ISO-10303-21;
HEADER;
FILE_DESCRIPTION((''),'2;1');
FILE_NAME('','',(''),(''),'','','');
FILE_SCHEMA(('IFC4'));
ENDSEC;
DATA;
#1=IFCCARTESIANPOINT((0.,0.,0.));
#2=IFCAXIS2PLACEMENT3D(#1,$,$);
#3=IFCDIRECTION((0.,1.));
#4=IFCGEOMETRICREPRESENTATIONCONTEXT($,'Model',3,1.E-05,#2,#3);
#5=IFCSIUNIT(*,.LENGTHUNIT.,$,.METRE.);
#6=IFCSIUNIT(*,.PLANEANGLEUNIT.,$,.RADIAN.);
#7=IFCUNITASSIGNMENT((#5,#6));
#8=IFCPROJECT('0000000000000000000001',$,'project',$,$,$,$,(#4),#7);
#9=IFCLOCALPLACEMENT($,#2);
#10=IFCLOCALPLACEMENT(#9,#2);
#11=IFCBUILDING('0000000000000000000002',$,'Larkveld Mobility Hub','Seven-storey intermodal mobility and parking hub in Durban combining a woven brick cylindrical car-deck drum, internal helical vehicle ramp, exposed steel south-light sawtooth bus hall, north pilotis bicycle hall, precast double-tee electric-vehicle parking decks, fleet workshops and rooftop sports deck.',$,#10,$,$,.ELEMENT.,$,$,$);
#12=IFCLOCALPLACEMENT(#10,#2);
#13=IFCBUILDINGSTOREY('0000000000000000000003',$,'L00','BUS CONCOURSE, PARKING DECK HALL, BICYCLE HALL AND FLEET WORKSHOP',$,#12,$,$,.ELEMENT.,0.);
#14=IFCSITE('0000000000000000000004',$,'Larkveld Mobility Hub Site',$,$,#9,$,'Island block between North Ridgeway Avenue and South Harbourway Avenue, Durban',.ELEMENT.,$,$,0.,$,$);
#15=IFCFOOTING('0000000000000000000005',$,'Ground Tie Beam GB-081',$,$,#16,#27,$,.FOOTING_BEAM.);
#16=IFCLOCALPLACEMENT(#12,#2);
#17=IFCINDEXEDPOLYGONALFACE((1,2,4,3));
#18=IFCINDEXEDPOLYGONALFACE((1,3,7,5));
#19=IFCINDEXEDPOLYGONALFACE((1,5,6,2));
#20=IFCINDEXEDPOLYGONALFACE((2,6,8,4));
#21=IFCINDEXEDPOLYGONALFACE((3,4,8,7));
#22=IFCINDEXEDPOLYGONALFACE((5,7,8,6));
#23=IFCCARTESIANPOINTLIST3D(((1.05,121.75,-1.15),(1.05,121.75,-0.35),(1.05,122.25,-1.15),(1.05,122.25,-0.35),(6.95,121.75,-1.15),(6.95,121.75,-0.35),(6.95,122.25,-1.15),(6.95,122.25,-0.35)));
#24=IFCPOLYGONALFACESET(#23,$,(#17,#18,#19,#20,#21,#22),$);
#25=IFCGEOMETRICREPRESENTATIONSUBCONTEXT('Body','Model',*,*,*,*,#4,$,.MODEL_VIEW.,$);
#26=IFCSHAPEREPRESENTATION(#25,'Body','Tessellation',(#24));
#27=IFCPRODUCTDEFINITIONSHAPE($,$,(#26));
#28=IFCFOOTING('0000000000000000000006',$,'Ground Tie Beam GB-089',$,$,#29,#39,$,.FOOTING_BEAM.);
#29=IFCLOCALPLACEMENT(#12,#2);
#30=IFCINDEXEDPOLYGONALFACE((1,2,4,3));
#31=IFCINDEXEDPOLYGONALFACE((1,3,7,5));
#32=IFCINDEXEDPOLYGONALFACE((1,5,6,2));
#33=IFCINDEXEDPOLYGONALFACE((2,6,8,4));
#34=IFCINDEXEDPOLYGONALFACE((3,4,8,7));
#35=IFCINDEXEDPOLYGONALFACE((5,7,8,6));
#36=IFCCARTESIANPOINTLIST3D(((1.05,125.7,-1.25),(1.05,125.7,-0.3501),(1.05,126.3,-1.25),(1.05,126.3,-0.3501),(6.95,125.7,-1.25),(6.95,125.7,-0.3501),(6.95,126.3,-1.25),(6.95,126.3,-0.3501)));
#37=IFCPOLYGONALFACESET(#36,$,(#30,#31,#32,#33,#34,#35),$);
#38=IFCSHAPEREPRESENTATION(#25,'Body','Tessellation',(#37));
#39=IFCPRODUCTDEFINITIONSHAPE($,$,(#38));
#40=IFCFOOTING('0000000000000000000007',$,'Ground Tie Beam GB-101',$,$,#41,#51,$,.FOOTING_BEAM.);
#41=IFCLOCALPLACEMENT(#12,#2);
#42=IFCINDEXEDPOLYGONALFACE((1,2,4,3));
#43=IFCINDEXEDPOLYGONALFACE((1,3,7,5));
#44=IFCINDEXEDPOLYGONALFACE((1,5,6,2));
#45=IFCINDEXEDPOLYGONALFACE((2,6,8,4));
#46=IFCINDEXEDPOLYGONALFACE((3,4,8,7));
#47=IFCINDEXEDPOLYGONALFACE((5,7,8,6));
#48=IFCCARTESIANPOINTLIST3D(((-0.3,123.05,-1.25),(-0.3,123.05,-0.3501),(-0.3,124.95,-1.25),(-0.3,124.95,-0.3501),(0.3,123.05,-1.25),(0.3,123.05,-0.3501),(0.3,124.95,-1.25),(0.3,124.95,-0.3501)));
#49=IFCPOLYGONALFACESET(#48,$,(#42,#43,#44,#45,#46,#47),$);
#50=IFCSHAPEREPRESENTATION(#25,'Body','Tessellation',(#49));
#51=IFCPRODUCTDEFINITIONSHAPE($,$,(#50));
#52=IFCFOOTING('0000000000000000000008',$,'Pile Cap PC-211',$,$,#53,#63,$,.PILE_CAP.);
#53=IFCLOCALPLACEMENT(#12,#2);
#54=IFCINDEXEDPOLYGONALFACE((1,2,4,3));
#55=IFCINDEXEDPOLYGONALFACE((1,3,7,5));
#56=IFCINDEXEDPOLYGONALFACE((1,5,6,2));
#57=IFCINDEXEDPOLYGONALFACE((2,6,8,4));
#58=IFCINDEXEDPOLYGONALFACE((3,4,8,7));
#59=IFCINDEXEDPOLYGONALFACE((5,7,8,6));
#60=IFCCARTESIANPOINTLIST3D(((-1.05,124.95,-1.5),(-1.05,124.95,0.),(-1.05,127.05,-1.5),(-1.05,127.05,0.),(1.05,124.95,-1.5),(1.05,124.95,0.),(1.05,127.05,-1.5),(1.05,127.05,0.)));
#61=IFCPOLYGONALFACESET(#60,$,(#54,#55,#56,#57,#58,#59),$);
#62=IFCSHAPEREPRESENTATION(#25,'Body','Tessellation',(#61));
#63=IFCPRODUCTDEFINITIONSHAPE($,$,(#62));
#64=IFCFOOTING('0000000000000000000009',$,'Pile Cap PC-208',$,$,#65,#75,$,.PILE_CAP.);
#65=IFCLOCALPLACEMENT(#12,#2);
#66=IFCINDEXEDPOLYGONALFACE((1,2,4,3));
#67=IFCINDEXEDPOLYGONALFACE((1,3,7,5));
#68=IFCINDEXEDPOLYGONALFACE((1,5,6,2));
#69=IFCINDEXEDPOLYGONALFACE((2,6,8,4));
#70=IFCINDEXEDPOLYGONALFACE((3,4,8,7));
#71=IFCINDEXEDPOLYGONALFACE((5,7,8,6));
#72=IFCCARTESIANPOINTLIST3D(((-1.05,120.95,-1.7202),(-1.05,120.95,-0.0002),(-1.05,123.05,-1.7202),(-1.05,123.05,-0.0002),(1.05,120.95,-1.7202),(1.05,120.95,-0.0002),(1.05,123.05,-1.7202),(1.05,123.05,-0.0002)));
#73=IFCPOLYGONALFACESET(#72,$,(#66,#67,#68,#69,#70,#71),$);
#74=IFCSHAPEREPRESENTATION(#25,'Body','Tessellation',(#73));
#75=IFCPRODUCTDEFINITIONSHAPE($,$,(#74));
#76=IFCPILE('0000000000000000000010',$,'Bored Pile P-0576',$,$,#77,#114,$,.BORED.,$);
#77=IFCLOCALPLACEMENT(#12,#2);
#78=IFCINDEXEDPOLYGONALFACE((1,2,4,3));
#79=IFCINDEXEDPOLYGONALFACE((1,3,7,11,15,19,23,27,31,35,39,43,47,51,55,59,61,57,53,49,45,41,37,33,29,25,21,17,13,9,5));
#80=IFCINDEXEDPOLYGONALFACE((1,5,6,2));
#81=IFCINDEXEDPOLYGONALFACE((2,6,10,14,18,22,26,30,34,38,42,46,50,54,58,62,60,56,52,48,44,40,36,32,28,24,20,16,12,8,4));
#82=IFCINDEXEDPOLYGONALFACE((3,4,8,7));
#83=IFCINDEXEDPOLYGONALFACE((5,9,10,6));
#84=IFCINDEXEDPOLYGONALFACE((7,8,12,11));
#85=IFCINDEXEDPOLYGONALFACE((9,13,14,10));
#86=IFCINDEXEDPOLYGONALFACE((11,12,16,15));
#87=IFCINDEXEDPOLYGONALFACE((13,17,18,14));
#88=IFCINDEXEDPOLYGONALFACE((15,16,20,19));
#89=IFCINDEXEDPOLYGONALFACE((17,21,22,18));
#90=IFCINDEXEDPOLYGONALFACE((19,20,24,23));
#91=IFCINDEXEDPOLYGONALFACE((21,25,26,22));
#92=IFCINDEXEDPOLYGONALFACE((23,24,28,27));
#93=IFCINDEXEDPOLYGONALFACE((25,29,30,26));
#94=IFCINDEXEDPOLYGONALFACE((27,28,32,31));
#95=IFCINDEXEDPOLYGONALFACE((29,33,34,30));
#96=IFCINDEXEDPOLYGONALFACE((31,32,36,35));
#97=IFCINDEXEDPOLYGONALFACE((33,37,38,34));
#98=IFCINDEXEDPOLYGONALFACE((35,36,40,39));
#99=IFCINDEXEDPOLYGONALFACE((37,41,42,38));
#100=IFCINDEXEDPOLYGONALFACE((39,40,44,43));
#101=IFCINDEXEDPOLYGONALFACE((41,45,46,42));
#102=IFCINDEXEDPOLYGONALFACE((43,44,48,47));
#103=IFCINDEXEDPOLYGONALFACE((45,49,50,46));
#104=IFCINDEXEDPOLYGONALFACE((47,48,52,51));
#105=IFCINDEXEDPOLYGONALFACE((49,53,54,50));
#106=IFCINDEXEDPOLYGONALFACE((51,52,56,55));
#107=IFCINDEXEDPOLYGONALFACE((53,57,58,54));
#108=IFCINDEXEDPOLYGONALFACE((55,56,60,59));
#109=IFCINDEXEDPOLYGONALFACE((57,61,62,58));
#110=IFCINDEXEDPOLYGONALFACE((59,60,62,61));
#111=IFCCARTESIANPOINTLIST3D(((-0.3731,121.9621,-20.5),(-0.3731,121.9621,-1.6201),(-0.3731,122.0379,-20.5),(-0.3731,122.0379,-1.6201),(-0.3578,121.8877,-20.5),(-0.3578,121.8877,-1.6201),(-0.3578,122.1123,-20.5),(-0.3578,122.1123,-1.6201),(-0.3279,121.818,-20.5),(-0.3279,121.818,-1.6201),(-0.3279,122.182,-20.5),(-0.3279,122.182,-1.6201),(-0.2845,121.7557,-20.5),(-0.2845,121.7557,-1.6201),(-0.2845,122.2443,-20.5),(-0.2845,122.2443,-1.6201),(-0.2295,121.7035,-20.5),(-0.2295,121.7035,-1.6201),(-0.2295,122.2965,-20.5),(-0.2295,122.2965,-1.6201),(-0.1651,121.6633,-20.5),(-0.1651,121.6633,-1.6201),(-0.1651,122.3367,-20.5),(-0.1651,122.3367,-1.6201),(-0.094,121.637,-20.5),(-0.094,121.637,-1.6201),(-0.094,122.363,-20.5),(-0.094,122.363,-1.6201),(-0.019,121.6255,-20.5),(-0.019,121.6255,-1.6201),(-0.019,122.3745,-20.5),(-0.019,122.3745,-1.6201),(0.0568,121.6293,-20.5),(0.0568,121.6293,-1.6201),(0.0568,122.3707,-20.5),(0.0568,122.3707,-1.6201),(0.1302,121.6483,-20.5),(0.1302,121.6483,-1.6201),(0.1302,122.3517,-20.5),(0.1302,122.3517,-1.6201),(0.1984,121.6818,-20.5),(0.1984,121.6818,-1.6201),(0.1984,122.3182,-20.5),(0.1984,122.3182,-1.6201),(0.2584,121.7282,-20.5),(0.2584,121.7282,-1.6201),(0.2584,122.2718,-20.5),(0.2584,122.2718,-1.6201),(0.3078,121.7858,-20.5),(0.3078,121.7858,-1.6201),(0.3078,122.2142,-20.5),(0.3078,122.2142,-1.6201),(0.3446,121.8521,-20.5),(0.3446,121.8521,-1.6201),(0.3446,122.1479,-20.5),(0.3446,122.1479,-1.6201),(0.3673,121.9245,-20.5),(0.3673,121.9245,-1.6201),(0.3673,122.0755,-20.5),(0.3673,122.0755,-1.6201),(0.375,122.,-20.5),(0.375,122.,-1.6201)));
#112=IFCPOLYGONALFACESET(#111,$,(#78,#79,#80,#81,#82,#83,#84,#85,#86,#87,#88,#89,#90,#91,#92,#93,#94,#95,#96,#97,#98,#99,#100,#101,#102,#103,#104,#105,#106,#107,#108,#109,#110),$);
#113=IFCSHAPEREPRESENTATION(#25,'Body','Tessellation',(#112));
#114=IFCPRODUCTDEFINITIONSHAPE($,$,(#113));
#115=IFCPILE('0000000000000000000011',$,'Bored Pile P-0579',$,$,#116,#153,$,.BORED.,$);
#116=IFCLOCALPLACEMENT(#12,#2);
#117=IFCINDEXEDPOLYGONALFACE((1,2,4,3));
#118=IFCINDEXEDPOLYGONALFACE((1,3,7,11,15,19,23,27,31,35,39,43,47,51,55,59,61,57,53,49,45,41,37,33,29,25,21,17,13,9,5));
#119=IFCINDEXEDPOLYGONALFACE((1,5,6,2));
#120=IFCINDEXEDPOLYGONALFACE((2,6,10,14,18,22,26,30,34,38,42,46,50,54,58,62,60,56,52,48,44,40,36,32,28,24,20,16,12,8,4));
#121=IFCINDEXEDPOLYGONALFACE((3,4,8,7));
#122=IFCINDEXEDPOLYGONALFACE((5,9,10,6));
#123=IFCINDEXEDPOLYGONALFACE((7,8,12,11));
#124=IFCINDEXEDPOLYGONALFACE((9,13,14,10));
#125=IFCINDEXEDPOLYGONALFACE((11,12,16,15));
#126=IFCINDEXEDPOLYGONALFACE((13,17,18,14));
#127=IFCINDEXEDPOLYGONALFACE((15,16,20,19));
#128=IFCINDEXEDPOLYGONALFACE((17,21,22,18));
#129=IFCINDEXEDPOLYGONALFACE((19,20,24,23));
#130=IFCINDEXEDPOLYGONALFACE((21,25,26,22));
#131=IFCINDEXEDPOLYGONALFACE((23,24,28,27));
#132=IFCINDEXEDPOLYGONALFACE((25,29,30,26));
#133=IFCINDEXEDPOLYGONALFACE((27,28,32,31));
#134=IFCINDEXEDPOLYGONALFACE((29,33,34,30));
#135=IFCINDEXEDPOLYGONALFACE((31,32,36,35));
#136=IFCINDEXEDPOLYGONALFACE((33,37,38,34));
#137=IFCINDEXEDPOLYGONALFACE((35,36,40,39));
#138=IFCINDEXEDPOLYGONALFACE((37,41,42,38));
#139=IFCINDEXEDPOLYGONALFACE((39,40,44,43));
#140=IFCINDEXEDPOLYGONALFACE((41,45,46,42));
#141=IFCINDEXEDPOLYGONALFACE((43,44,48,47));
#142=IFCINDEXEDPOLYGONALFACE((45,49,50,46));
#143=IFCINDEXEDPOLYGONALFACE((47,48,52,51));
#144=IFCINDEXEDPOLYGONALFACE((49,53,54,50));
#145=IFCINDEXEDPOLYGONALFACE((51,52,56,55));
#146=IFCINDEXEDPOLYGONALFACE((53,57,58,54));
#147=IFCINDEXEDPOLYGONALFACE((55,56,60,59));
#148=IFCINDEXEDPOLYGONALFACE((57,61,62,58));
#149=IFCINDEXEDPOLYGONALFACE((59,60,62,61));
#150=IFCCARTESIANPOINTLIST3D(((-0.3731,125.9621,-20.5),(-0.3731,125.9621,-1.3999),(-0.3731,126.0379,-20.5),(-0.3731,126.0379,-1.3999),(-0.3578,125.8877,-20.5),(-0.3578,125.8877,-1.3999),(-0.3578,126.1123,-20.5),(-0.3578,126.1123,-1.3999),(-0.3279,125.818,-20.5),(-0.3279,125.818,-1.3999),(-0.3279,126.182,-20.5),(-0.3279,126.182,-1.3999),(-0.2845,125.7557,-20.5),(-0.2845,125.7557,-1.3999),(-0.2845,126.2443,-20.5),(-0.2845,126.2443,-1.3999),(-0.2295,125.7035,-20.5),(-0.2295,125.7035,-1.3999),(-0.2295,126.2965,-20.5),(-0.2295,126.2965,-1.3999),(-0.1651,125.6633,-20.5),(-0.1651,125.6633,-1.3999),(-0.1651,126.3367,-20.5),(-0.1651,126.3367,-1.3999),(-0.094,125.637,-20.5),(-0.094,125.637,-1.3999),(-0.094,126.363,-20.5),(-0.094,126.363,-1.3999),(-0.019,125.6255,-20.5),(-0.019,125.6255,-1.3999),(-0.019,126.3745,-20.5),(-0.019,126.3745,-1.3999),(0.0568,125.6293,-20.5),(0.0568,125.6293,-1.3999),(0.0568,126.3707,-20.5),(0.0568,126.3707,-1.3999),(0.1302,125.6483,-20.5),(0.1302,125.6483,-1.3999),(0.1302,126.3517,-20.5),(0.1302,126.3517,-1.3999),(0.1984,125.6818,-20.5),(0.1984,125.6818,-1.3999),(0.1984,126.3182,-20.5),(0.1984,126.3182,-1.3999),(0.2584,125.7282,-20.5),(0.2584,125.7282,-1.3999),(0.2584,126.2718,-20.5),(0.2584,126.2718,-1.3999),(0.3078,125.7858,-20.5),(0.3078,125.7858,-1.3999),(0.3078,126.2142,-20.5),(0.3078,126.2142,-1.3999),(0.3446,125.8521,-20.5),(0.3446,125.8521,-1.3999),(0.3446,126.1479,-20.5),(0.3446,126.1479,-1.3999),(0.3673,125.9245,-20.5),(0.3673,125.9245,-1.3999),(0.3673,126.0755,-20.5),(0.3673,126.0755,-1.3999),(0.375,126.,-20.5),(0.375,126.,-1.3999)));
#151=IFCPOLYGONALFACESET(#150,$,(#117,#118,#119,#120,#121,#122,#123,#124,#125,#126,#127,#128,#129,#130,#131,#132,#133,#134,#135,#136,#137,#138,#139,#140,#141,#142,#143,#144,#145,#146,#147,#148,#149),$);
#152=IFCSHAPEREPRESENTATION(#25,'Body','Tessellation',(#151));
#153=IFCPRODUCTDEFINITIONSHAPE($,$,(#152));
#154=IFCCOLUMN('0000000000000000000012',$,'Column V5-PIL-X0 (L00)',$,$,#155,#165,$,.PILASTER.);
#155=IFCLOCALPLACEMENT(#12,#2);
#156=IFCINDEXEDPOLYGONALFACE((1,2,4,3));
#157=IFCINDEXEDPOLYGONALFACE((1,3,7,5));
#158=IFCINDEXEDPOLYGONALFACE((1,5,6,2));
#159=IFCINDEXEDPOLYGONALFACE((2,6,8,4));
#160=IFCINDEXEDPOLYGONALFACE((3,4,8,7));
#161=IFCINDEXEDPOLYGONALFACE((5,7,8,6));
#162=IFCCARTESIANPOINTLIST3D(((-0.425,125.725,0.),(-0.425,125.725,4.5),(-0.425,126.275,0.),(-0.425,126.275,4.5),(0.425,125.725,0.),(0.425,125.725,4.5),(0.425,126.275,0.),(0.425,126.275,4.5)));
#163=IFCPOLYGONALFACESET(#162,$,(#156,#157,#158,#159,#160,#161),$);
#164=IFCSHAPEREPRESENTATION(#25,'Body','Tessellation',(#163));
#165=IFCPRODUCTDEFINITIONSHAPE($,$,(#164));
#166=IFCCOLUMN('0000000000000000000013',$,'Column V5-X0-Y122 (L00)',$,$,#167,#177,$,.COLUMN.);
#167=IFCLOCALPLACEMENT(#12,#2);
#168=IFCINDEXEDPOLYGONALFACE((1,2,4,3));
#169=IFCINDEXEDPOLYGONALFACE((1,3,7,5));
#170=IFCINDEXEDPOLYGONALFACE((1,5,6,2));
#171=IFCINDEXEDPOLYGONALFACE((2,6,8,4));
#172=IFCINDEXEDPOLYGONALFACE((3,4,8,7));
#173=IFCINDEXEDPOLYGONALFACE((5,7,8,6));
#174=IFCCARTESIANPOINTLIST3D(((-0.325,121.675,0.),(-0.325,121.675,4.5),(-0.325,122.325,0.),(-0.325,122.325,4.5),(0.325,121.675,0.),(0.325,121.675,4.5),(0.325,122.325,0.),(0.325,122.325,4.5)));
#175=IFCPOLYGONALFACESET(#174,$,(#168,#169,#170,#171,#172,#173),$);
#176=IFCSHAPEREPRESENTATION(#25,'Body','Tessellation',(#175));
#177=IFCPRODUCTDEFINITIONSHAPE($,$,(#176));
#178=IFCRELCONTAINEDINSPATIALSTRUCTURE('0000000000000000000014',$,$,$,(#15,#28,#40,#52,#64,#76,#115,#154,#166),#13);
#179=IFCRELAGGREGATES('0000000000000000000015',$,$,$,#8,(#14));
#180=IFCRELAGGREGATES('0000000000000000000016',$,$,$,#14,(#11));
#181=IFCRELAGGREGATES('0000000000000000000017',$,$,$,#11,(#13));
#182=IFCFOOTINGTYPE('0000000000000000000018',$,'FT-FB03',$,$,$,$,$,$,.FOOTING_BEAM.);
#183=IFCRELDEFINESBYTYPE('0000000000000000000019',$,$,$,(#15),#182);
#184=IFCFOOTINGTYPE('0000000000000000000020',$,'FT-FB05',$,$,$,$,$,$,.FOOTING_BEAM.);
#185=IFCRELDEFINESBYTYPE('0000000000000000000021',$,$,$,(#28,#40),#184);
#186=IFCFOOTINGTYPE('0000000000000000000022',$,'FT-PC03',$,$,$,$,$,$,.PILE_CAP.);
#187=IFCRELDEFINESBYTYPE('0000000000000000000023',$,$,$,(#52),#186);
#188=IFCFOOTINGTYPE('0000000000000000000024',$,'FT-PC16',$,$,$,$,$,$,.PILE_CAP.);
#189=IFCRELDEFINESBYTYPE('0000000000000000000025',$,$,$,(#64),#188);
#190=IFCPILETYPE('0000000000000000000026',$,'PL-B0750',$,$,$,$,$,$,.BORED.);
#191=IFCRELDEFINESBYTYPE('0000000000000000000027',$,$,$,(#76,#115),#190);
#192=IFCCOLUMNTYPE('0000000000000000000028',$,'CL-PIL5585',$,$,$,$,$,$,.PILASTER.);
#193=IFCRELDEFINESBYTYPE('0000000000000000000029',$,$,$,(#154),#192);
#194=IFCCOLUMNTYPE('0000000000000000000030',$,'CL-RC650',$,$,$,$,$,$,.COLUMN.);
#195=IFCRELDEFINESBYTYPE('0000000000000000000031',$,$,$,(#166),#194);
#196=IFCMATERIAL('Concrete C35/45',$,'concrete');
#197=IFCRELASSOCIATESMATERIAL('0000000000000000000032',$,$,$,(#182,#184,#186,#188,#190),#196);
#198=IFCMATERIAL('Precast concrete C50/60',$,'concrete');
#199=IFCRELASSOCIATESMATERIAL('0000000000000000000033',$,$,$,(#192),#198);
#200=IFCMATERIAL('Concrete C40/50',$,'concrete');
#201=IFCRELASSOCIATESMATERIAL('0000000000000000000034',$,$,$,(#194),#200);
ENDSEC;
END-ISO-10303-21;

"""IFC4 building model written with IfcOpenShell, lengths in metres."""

from ifc_helpers import new_model, si_unit, direction, frame, origin, origin_2d, place, context, subcontext, project, spatial, rectangle, circle, extrude, material, material_profile, profile_set, type_object, element, save


model = new_model("IFC4")

# Units and contexts
model_context = context("Model", 3, precision=1e-05, world=origin(), true_north=direction((0.0, 1.0)))
body_context = subcontext(model_context, "Body", "Model", "MODEL_VIEW")
ifc_project = project(units=[si_unit("LENGTHUNIT", "METRE"), si_unit("PLANEANGLEUNIT", "RADIAN")], contexts=[model_context])

# Site, building, storey
site_placement = place(None, origin())
site = spatial("IfcSite", under=ifc_project, at=site_placement, Name="Larkveld Mobility Hub Site", LongName="Island block between North Ridgeway Avenue and South Harbourway Avenue, Durban", CompositionType="ELEMENT", RefElevation=0.0)
building_placement = place(site_placement, origin())
building = spatial("IfcBuilding", under=site, at=building_placement, Name="Larkveld Mobility Hub", Description="Seven-storey intermodal mobility and parking hub in Durban combining a woven brick cylindrical car-deck drum, internal helical vehicle ramp, exposed steel south-light sawtooth bus hall, north pilotis bicycle hall, precast double-tee electric-vehicle parking decks, fleet workshops and rooftop sports deck.", CompositionType="ELEMENT")
storey_placement = place(building_placement, origin())
storey = spatial("IfcBuildingStorey", under=building, at=storey_placement, Name="L00", Description="BUS CONCOURSE, PARKING DECK HALL, BICYCLE HALL AND FLEET WORKSHOP", CompositionType="ELEMENT", Elevation=0.0)

# Footings
ifc_material_1 = material(Name="Concrete C35/45", Category="concrete")
ifc_material_profile_1 = material_profile(ifc_material_1, rectangle(XDim=0.5, YDim=0.8, at=origin_2d()), Name="RC BM 500x800")
ifc_profile_set_1 = profile_set([ifc_material_profile_1], Name="Concrete C35/45")
footing_type_1 = type_object("IfcFootingType", Name="FT-FB03", PredefinedType="FOOTING_BEAM", material=ifc_profile_set_1)
footing_1_placement = place(storey_placement, frame((1.05, 122.0, -0.75), z_axis=(1.0, 0.0, 0.0), x_axis=(0.0, 1.0, 0.0)))
element("IfcFooting", 1, at=footing_1_placement, inside=storey, type_object=footing_type_1, Name="Ground Tie Beam GB-081", PredefinedType="FOOTING_BEAM", context=body_context, shape_type="SweptSolid", body=[
    extrude(rectangle(XDim=0.5, YDim=0.8, at=origin_2d()), origin(), (0.0, 0.0, 1.0), 5.8999),
])
ifc_material_profile_2 = material_profile(ifc_material_1, rectangle(XDim=0.6001, YDim=0.8999, at=origin_2d()), Name="RC BM 600x900")
ifc_profile_set_2 = profile_set([ifc_material_profile_2], Name="Concrete C35/45")
footing_type_2 = type_object("IfcFootingType", Name="FT-FB05", PredefinedType="FOOTING_BEAM", material=ifc_profile_set_2)
footing_2_placement = place(storey_placement, frame((1.05, 126.0, -0.8), z_axis=(1.0, 0.0, 0.0), x_axis=(0.0, 1.0, 0.0)))
element("IfcFooting", 2, at=footing_2_placement, inside=storey, type_object=footing_type_2, Name="Ground Tie Beam GB-089", PredefinedType="FOOTING_BEAM", context=body_context, shape_type="SweptSolid", body=[
    extrude(rectangle(XDim=0.6001, YDim=0.8999, at=origin_2d()), origin(), (0.0, 0.0, 1.0), 5.8999),
])
footing_3_placement = place(storey_placement, frame((0.0, 123.05, -0.8), z_axis=(0.0, 1.0, 0.0), x_axis=(-1.0, 0.0, 0.0)))
element("IfcFooting", 3, at=footing_3_placement, inside=storey, type_object=footing_type_2, Name="Ground Tie Beam GB-101", PredefinedType="FOOTING_BEAM", context=body_context, shape_type="SweptSolid", body=[
    extrude(rectangle(XDim=0.6001, YDim=0.8999, at=origin_2d()), origin(), (0.0, 0.0, 1.0), 1.8999),
])
footing_type_3 = type_object("IfcFootingType", Name="FT-PC03", PredefinedType="PILE_CAP", material=ifc_material_1)
footing_4_placement = place(storey_placement, frame((0.0, 126.0, -1.5), z_axis=(0.0, 0.0, 1.0), x_axis=(1.0, 0.0, 0.0)))
element("IfcFooting", 4, at=footing_4_placement, inside=storey, type_object=footing_type_3, Name="Pile Cap PC-211", PredefinedType="PILE_CAP", context=body_context, shape_type="SweptSolid", body=[
    extrude(rectangle(XDim=2.1001, YDim=2.1001, at=origin_2d()), origin(), (0.0, 0.0, 1.0), 1.5),
])
footing_type_4 = type_object("IfcFootingType", Name="FT-PC16", PredefinedType="PILE_CAP", material=ifc_material_1)
footing_5_placement = place(storey_placement, frame((0.0, 122.0, -1.7202), z_axis=(0.0, 0.0, 1.0), x_axis=(1.0, 0.0, 0.0)))
element("IfcFooting", 5, at=footing_5_placement, inside=storey, type_object=footing_type_4, Name="Pile Cap PC-208", PredefinedType="PILE_CAP", context=body_context, shape_type="SweptSolid", body=[
    extrude(rectangle(XDim=2.1001, YDim=2.1001, at=origin_2d()), origin(), (0.0, 0.0, 1.0), 1.72),
])

# Piles
ifc_material_profile_3 = material_profile(ifc_material_1, circle(Radius=0.375, at=origin_2d()), Name="PILE D750")
ifc_profile_set_3 = profile_set([ifc_material_profile_3], Name="Concrete C35/45")
pile_type = type_object("IfcPileType", Name="PL-B0750", PredefinedType="BORED", material=ifc_profile_set_3)
pile_1_placement = place(storey_placement, frame((0.0, 122.0, -1.6201), z_axis=(0.0, 0.0, -1.0), x_axis=(1.0, 0.0, 0.0)))
element("IfcPile", 6, at=pile_1_placement, inside=storey, type_object=pile_type, Name="Bored Pile P-0576", PredefinedType="BORED", context=body_context, shape_type="SweptSolid", body=[
    extrude(circle(Radius=0.375, at=origin_2d()), origin(), (0.0, 0.0, 1.0), 18.8799),
])
pile_2_placement = place(storey_placement, frame((0.0, 126.0, -1.3999), z_axis=(0.0, 0.0, -1.0), x_axis=(1.0, 0.0, 0.0)))
element("IfcPile", 7, at=pile_2_placement, inside=storey, type_object=pile_type, Name="Bored Pile P-0579", PredefinedType="BORED", context=body_context, shape_type="SweptSolid", body=[
    extrude(circle(Radius=0.375, at=origin_2d()), origin(), (0.0, 0.0, 1.0), 19.1001),
])

# Columns
ifc_material_2 = material(Name="Precast concrete C50/60", Category="concrete")
ifc_material_profile_4 = material_profile(ifc_material_2, rectangle(XDim=0.55, YDim=0.8501, at=origin_2d()), Name="PC PIL 550x850")
ifc_profile_set_4 = profile_set([ifc_material_profile_4], Name="Precast concrete C50/60")
column_type_1 = type_object("IfcColumnType", Name="CL-PIL5585", PredefinedType="PILASTER", material=ifc_profile_set_4)
column_1_placement = place(storey_placement, frame((0.0, 126.0, 0.0), z_axis=(0.0, 0.0, 1.0), x_axis=(0.0, 1.0, 0.0)))
element("IfcColumn", 8, at=column_1_placement, inside=storey, type_object=column_type_1, Name="Column V5-PIL-X0 (L00)", PredefinedType="PILASTER", context=body_context, shape_type="SweptSolid", body=[
    extrude(rectangle(XDim=0.55, YDim=0.8501, at=origin_2d()), origin(), (0.0, 0.0, 1.0), 4.5),
])
ifc_material_3 = material(Name="Concrete C40/50", Category="concrete")
ifc_material_profile_5 = material_profile(ifc_material_3, rectangle(XDim=0.6499, YDim=0.6499, at=origin_2d()), Name="RC COL 650x650")
ifc_profile_set_5 = profile_set([ifc_material_profile_5], Name="Concrete C40/50")
column_type_2 = type_object("IfcColumnType", Name="CL-RC650", PredefinedType="COLUMN", material=ifc_profile_set_5)
column_2_placement = place(storey_placement, frame((0.0, 122.0, 0.0), z_axis=(0.0, 0.0, 1.0), x_axis=(1.0, 0.0, 0.0)))
element("IfcColumn", 9, at=column_2_placement, inside=storey, type_object=column_type_2, Name="Column V5-X0-Y122 (L00)", PredefinedType="COLUMN", context=body_context, shape_type="SweptSolid", body=[
    extrude(rectangle(XDim=0.6499, YDim=0.6499, at=origin_2d()), origin(), (0.0, 0.0, 1.0), 4.5),
])

save(model, "model.ifc")
